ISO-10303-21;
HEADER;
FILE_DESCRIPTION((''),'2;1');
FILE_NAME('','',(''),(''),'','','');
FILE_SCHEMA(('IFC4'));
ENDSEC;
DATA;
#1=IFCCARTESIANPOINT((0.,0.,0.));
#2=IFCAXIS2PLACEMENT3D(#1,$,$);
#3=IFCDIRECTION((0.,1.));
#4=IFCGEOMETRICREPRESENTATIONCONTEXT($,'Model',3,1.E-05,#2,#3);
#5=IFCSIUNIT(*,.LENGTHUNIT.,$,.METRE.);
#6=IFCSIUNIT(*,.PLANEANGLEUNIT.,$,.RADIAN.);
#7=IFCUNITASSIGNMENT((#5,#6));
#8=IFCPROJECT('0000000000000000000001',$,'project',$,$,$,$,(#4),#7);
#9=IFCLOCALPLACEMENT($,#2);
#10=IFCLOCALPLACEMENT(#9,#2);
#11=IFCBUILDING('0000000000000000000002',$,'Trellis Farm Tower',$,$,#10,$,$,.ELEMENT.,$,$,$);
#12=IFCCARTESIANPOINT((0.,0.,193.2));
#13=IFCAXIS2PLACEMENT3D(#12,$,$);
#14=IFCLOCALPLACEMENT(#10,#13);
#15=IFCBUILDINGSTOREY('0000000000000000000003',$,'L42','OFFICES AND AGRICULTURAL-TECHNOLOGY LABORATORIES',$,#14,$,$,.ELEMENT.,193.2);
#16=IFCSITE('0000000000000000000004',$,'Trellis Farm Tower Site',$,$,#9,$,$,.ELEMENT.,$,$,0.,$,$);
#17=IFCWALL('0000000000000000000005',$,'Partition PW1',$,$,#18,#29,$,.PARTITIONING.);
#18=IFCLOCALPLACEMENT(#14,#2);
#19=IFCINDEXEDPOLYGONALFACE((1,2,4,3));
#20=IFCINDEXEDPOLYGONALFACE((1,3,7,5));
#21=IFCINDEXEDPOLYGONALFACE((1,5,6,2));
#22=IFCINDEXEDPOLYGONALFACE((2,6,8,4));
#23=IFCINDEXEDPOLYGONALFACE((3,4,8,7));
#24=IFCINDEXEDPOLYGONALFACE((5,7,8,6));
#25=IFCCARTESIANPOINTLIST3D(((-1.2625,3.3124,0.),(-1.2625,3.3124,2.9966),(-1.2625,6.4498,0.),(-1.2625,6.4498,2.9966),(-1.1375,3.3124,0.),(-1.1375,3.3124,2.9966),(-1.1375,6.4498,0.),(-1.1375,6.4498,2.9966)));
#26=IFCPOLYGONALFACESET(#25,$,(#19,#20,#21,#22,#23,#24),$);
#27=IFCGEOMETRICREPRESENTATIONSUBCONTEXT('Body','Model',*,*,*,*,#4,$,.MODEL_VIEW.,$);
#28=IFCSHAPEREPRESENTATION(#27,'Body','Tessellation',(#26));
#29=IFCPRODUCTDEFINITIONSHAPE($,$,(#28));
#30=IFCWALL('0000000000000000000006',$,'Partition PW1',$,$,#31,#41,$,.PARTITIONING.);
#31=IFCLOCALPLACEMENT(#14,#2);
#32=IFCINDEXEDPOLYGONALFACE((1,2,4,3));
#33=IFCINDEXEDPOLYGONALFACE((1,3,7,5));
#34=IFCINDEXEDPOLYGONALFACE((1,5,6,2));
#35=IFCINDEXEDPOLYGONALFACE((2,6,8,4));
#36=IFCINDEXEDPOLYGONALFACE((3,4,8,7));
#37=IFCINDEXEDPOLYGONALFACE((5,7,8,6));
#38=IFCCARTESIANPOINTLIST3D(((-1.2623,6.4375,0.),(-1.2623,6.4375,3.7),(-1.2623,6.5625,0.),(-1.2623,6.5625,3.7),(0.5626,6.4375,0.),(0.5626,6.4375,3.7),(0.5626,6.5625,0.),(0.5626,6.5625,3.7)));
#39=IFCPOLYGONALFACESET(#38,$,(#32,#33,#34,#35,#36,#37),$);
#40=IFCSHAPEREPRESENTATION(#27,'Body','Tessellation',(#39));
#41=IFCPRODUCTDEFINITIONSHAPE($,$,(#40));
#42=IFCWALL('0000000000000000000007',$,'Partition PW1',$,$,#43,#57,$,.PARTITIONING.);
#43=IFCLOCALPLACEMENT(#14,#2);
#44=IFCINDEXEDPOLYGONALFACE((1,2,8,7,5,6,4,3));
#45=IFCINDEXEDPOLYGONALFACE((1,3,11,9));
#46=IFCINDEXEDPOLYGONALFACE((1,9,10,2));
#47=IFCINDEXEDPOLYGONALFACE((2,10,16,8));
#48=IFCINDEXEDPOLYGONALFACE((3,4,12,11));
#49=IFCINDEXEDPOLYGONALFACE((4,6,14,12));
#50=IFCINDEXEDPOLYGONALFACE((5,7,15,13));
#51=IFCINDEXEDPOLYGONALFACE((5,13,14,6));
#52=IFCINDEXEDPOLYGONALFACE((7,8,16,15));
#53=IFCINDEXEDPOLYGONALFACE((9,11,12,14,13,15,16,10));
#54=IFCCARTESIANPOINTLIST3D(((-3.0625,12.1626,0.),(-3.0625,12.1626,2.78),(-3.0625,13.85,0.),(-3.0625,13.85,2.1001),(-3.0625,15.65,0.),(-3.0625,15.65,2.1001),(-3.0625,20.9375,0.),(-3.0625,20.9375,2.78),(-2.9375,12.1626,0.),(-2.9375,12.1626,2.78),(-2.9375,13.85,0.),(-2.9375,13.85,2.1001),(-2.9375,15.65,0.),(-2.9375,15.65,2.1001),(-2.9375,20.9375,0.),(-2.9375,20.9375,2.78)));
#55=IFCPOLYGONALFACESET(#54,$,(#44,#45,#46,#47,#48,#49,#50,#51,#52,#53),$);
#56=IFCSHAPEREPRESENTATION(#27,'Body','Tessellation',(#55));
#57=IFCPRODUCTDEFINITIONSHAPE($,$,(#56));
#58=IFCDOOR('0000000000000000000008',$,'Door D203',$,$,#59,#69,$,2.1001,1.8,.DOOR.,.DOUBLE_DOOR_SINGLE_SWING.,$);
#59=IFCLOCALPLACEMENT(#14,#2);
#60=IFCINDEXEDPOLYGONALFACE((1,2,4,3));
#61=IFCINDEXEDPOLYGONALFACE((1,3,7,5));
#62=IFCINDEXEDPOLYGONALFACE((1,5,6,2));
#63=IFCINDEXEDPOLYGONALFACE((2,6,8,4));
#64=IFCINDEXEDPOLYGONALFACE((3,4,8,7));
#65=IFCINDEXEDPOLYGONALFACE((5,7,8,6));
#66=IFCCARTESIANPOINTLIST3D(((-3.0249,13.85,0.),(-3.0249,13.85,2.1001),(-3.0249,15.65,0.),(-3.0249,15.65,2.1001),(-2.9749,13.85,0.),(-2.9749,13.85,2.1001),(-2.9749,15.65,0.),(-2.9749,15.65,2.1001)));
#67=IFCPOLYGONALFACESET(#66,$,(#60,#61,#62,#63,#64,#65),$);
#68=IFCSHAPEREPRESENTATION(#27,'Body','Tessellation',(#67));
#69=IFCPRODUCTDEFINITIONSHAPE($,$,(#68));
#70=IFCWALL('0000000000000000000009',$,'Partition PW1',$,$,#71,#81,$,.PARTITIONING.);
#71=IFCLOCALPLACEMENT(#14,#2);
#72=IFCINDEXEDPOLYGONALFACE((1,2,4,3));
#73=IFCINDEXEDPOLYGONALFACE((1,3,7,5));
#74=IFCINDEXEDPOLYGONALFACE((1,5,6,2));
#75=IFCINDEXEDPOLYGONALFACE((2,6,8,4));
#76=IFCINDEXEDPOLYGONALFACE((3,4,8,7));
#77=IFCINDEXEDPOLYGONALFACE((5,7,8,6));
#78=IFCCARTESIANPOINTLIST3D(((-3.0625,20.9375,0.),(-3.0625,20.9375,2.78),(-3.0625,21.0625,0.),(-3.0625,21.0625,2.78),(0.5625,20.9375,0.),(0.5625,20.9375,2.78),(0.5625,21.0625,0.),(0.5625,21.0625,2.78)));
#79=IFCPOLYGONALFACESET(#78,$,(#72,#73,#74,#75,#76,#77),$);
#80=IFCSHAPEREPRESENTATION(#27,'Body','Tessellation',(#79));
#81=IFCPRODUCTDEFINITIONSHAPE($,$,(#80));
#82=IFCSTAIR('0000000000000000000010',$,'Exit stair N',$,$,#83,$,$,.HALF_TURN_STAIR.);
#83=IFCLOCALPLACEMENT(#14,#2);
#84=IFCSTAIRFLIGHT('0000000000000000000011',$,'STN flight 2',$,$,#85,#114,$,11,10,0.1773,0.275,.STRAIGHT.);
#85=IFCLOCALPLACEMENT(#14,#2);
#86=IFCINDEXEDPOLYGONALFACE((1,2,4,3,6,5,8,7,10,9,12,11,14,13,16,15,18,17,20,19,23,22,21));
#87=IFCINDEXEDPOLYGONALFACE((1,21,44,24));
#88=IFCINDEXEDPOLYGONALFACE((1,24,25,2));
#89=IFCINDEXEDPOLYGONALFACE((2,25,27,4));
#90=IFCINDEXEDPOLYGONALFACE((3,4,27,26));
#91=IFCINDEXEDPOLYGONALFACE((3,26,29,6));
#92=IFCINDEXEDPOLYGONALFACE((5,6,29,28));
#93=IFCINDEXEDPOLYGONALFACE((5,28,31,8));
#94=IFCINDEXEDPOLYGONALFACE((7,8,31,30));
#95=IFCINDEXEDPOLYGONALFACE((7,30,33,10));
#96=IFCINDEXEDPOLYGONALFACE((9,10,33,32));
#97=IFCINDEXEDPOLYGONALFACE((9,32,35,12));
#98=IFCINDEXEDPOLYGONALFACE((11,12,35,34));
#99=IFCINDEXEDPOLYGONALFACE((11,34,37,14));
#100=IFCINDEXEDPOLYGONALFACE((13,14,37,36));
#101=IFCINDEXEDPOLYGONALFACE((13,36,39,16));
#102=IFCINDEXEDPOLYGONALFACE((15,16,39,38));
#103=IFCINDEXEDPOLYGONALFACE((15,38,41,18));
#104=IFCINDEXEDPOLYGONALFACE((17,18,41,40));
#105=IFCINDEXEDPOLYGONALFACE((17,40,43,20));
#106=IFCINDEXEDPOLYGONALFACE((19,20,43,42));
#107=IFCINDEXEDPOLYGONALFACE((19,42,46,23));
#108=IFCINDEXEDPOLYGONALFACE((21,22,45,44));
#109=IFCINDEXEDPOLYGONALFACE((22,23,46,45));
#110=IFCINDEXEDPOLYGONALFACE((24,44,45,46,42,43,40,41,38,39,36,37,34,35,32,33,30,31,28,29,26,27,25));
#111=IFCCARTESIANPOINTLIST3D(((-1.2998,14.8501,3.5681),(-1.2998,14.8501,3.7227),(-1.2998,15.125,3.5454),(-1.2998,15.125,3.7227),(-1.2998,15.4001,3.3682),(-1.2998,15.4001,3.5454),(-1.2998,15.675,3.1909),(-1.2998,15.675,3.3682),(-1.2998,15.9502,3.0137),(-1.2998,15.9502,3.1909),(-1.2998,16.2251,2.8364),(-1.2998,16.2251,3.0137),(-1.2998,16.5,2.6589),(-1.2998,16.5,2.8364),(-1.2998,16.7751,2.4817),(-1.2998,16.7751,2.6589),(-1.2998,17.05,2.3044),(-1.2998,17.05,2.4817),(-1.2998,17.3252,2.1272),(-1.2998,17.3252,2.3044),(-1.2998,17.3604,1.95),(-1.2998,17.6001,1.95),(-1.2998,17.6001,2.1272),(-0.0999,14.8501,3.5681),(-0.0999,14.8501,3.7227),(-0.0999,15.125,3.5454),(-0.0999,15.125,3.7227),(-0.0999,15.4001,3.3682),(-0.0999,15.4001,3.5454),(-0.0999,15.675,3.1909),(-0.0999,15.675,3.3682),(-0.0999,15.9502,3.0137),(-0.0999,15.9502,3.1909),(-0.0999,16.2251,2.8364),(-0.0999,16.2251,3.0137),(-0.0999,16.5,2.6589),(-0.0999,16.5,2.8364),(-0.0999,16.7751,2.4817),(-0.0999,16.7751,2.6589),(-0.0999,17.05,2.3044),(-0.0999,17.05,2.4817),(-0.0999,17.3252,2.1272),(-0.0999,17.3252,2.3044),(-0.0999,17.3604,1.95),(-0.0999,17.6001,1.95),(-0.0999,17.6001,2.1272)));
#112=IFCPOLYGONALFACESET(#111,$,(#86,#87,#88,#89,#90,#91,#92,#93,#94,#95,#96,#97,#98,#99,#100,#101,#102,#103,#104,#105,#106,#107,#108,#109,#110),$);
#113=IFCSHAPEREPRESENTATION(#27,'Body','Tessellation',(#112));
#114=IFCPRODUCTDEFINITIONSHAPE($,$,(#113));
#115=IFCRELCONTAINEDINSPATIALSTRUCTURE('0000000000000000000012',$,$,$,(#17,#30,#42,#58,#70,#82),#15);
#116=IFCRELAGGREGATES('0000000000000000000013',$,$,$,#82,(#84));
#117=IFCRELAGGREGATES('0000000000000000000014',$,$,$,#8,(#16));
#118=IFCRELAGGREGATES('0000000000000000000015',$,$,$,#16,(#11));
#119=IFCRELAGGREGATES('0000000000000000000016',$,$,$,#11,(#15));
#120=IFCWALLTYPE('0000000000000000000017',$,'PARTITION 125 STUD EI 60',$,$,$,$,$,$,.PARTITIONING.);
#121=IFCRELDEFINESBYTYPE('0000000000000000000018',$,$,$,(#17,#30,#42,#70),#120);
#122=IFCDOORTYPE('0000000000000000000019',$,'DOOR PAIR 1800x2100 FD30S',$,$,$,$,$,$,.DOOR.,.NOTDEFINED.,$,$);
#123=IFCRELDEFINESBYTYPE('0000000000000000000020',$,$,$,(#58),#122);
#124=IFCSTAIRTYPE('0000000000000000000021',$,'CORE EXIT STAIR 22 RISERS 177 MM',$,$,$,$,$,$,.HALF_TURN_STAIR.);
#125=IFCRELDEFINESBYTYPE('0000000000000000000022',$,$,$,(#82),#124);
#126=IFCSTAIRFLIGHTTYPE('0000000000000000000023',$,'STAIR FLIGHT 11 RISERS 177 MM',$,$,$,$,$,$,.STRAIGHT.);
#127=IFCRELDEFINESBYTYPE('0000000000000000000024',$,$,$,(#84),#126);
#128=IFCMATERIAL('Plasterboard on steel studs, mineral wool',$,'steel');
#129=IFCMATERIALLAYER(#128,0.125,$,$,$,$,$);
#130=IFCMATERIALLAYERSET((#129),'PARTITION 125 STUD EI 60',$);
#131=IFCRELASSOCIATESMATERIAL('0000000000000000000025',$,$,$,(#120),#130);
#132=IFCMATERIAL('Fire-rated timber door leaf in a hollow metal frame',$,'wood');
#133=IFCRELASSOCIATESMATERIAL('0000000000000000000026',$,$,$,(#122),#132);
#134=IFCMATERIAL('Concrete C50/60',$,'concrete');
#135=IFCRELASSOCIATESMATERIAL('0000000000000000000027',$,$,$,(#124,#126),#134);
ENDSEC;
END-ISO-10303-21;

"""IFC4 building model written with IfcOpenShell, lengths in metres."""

from ifc_helpers import new_model, si_unit, direction, frame, frame_2d, origin, place, context, subcontext, project, spatial, polyline, rectangle, outline, extrude, source, transform, mapped, material, layer, layer_set, type_object, element, fill, aggregate, save


model = new_model("IFC4")

# Units and contexts
model_context = context("Model", 3, precision=1e-05, world=origin(), true_north=direction((0.0, 1.0)))
body_context = subcontext(model_context, "Body", "Model", "MODEL_VIEW")
ifc_project = project(units=[si_unit("LENGTHUNIT", "METRE"), si_unit("PLANEANGLEUNIT", "RADIAN")], contexts=[model_context])

# Site, building, storey
site_placement = place(None, origin())
site = spatial("IfcSite", under=ifc_project, at=site_placement, Name="Trellis Farm Tower Site", CompositionType="ELEMENT", RefElevation=0.0)
building_placement = place(site_placement, origin())
building = spatial("IfcBuilding", under=site, at=building_placement, Name="Trellis Farm Tower", CompositionType="ELEMENT")
storey_placement = place(building_placement, frame((0.0, 0.0, 193.2)))
storey = spatial("IfcBuildingStorey", under=building, at=storey_placement, Name="L42", Description="OFFICES AND AGRICULTURAL-TECHNOLOGY LABORATORIES", CompositionType="ELEMENT", Elevation=193.2)

# Shared definitions
placement_1 = place(storey_placement, origin())

# Walls
ifc_material_1 = material(Name="Plasterboard on steel studs, mineral wool", Category="steel")
ifc_layer_1 = layer(ifc_material_1, 0.125)
ifc_layer_set_1 = layer_set([ifc_layer_1], Name="PARTITION 125 STUD EI 60")
wall_type_1 = type_object("IfcWallType", Name="PARTITION 125 STUD EI 60", PredefinedType="PARTITIONING", material=ifc_layer_set_1)
shared_shape_1 = source(origin(), body_context, "Body", "SweptSolid", [
    extrude(rectangle(XDim=3.1375, YDim=0.125, at=frame_2d((1.5688, 0.0))), origin(), (0.0, 0.0, 1.0), 2.9966),
])
wall_1_placement = place(storey_placement, frame((-1.2, 6.45, 0.0), z_axis=(0.0, 0.0, 1.0), x_axis=(0.0, -1.0, 0.0)))
element("IfcWall", 1, at=wall_1_placement, inside=storey, type_object=wall_type_1, Name="Partition PW1", PredefinedType="PARTITIONING", context=body_context, shape_type="MappedRepresentation", body=[
    mapped(shared_shape_1, transform((0.0, 0.0, 0.0))),
])
shared_shape_2 = source(origin(), body_context, "Body", "SweptSolid", [
    extrude(rectangle(XDim=1.825, YDim=0.125, at=frame_2d((0.9126, 0.0))), origin(), (0.0, 0.0, 1.0), 3.7),
])
wall_2_placement = place(storey_placement, frame((-1.2625, 6.5, 0.0), z_axis=(0.0, 0.0, 1.0), x_axis=(1.0, 0.0, 0.0)))
element("IfcWall", 2, at=wall_2_placement, inside=storey, type_object=wall_type_1, Name="Partition PW1", PredefinedType="PARTITIONING", context=body_context, shape_type="MappedRepresentation", body=[
    mapped(shared_shape_2, transform((0.0, 0.0, 0.0))),
])

# Wall, opening, door
shared_shape_3 = source(origin(), body_context, "Body", "SweptSolid", [
    extrude(rectangle(XDim=8.7749, YDim=0.125, at=frame_2d((4.3875, 0.0))), origin(), (0.0, 0.0, 1.0), 2.78),
])
wall_3_placement = place(storey_placement, frame((-3.0, 12.1626, 0.0), z_axis=(0.0, 0.0, 1.0), x_axis=(0.0, 1.0, 0.0)))
wall_3 = element("IfcWall", 3, at=wall_3_placement, inside=storey, type_object=wall_type_1, Name="Partition PW1", PredefinedType="PARTITIONING", context=body_context, shape_type="MappedRepresentation", body=[
    mapped(shared_shape_3, transform((0.0, 0.0, 0.0))),
])
shared_shape_4 = source(origin(), body_context, "Body", "SweptSolid", [
    extrude(rectangle(XDim=1.8, YDim=2.1001, at=frame_2d((0.8999, 1.05))), frame((0.0, 0.0725, 0.0), z_axis=(0.0, -1.0, 0.0), x_axis=(1.0, 0.0, 0.0)), (0.0, 0.0, 1.0), 0.145),
])
opening_1_placement = place(wall_3_placement, frame((1.6875, 0.0, 0.0)))
opening_1 = element("IfcOpeningElement", 4, at=opening_1_placement, cuts=wall_3, PredefinedType="OPENING", context=body_context, shape_type="MappedRepresentation", body=[
    mapped(shared_shape_4, transform((0.0, 0.0, 0.0))),
])
ifc_material_2 = material(Name="Fire-rated timber door leaf in a hollow metal frame", Category="wood")
door_type_1 = type_object("IfcDoorType", Name="DOOR PAIR 1800x2100 FD30S", OperationType="NOTDEFINED", PredefinedType="DOOR", material=ifc_material_2)
shared_shape_5 = source(origin(), body_context, "Body", "SweptSolid", [
    extrude(rectangle(XDim=1.8, YDim=2.1001, at=frame_2d((0.8999, 1.05))), frame((0.0, 0.0249, 0.0), z_axis=(0.0, -1.0, 0.0), x_axis=(1.0, 0.0, 0.0)), (0.0, 0.0, 1.0), 0.05),
])
door_1_placement = place(opening_1_placement, origin())
door_1 = element("IfcDoor", 5, at=door_1_placement, inside=storey, type_object=door_type_1, Name="Door D203", OperationType="DOUBLE_DOOR_SINGLE_SWING", OverallHeight=2.1001, OverallWidth=1.8, PredefinedType="DOOR", context=body_context, shape_type="MappedRepresentation", body=[
    mapped(shared_shape_5, transform((0.0, 0.0, 0.0))),
])
fill(opening_1, door_1)

# Wall
shared_shape_6 = source(origin(), body_context, "Body", "SweptSolid", [
    extrude(rectangle(XDim=3.625, YDim=0.125, at=frame_2d((1.8125, 0.0))), origin(), (0.0, 0.0, 1.0), 2.78),
])
wall_4_placement = place(storey_placement, frame((-3.0625, 21.0, 0.0), z_axis=(0.0, 0.0, 1.0), x_axis=(1.0, 0.0, 0.0)))
element("IfcWall", 6, at=wall_4_placement, inside=storey, type_object=wall_type_1, Name="Partition PW1", PredefinedType="PARTITIONING", context=body_context, shape_type="MappedRepresentation", body=[
    mapped(shared_shape_6, transform((0.0, 0.0, 0.0))),
])

# Stair, stair flight
ifc_material_3 = material(Name="Concrete C50/60", Category="concrete")
stair_type = type_object("IfcStairType", Name="CORE EXIT STAIR 22 RISERS 177 MM", PredefinedType="HALF_TURN_STAIR", material=ifc_material_3)
stair = element("IfcStair", 7, at=placement_1, inside=storey, type_object=stair_type, Name="Exit stair N", PredefinedType="HALF_TURN_STAIR")
stair_flight_type = type_object("IfcStairFlightType", Name="STAIR FLIGHT 11 RISERS 177 MM", PredefinedType="STRAIGHT", material=ifc_material_3)
shared_shape_7 = source(origin(), body_context, "Body", "SweptSolid", [
    extrude(outline(polyline([(0.0, 0.0), (0.0, 0.1772), (0.2749, 0.1772), (0.2749, 0.3545), (0.55, 0.3545), (0.55, 0.5317), (0.825, 0.5317), (0.825, 0.709), (1.1001, 0.709), (1.1001, 0.8865), (1.375, 0.8865), (1.375, 1.0637), (1.6499, 1.0637), (1.6499, 1.241), (1.925, 1.241), (1.925, 1.4182), (2.2, 1.4182), (2.2, 1.5955), (2.4751, 1.5955), (2.4751, 1.7727), (2.75, 1.7727), (2.75, 1.95), (2.75, 1.6182), (0.2397, 0.0), (0.0, 0.0)])), frame((0.0, 0.6001, 0.0), z_axis=(0.0, -1.0, 0.0), x_axis=(1.0, 0.0, 0.0)), (0.0, 0.0, 1.0), 1.2),
])
stair_flight_placement = place(storey_placement, frame((-0.7, 17.6001, 1.95), z_axis=(0.0, 0.0, 1.0), x_axis=(0.0, -1.0, 0.0)))
stair_flight = element("IfcStairFlight", 8, at=stair_flight_placement, type_object=stair_flight_type, Name="STN flight 2", NumberOfRisers=11, NumberOfTreads=10, PredefinedType="STRAIGHT", RiserHeight=0.1773, TreadLength=0.275, context=body_context, shape_type="MappedRepresentation", body=[
    mapped(shared_shape_7, transform((0.0, 0.0, 0.0))),
])
aggregate(stair, [stair_flight])

save(model, "model.ifc")
